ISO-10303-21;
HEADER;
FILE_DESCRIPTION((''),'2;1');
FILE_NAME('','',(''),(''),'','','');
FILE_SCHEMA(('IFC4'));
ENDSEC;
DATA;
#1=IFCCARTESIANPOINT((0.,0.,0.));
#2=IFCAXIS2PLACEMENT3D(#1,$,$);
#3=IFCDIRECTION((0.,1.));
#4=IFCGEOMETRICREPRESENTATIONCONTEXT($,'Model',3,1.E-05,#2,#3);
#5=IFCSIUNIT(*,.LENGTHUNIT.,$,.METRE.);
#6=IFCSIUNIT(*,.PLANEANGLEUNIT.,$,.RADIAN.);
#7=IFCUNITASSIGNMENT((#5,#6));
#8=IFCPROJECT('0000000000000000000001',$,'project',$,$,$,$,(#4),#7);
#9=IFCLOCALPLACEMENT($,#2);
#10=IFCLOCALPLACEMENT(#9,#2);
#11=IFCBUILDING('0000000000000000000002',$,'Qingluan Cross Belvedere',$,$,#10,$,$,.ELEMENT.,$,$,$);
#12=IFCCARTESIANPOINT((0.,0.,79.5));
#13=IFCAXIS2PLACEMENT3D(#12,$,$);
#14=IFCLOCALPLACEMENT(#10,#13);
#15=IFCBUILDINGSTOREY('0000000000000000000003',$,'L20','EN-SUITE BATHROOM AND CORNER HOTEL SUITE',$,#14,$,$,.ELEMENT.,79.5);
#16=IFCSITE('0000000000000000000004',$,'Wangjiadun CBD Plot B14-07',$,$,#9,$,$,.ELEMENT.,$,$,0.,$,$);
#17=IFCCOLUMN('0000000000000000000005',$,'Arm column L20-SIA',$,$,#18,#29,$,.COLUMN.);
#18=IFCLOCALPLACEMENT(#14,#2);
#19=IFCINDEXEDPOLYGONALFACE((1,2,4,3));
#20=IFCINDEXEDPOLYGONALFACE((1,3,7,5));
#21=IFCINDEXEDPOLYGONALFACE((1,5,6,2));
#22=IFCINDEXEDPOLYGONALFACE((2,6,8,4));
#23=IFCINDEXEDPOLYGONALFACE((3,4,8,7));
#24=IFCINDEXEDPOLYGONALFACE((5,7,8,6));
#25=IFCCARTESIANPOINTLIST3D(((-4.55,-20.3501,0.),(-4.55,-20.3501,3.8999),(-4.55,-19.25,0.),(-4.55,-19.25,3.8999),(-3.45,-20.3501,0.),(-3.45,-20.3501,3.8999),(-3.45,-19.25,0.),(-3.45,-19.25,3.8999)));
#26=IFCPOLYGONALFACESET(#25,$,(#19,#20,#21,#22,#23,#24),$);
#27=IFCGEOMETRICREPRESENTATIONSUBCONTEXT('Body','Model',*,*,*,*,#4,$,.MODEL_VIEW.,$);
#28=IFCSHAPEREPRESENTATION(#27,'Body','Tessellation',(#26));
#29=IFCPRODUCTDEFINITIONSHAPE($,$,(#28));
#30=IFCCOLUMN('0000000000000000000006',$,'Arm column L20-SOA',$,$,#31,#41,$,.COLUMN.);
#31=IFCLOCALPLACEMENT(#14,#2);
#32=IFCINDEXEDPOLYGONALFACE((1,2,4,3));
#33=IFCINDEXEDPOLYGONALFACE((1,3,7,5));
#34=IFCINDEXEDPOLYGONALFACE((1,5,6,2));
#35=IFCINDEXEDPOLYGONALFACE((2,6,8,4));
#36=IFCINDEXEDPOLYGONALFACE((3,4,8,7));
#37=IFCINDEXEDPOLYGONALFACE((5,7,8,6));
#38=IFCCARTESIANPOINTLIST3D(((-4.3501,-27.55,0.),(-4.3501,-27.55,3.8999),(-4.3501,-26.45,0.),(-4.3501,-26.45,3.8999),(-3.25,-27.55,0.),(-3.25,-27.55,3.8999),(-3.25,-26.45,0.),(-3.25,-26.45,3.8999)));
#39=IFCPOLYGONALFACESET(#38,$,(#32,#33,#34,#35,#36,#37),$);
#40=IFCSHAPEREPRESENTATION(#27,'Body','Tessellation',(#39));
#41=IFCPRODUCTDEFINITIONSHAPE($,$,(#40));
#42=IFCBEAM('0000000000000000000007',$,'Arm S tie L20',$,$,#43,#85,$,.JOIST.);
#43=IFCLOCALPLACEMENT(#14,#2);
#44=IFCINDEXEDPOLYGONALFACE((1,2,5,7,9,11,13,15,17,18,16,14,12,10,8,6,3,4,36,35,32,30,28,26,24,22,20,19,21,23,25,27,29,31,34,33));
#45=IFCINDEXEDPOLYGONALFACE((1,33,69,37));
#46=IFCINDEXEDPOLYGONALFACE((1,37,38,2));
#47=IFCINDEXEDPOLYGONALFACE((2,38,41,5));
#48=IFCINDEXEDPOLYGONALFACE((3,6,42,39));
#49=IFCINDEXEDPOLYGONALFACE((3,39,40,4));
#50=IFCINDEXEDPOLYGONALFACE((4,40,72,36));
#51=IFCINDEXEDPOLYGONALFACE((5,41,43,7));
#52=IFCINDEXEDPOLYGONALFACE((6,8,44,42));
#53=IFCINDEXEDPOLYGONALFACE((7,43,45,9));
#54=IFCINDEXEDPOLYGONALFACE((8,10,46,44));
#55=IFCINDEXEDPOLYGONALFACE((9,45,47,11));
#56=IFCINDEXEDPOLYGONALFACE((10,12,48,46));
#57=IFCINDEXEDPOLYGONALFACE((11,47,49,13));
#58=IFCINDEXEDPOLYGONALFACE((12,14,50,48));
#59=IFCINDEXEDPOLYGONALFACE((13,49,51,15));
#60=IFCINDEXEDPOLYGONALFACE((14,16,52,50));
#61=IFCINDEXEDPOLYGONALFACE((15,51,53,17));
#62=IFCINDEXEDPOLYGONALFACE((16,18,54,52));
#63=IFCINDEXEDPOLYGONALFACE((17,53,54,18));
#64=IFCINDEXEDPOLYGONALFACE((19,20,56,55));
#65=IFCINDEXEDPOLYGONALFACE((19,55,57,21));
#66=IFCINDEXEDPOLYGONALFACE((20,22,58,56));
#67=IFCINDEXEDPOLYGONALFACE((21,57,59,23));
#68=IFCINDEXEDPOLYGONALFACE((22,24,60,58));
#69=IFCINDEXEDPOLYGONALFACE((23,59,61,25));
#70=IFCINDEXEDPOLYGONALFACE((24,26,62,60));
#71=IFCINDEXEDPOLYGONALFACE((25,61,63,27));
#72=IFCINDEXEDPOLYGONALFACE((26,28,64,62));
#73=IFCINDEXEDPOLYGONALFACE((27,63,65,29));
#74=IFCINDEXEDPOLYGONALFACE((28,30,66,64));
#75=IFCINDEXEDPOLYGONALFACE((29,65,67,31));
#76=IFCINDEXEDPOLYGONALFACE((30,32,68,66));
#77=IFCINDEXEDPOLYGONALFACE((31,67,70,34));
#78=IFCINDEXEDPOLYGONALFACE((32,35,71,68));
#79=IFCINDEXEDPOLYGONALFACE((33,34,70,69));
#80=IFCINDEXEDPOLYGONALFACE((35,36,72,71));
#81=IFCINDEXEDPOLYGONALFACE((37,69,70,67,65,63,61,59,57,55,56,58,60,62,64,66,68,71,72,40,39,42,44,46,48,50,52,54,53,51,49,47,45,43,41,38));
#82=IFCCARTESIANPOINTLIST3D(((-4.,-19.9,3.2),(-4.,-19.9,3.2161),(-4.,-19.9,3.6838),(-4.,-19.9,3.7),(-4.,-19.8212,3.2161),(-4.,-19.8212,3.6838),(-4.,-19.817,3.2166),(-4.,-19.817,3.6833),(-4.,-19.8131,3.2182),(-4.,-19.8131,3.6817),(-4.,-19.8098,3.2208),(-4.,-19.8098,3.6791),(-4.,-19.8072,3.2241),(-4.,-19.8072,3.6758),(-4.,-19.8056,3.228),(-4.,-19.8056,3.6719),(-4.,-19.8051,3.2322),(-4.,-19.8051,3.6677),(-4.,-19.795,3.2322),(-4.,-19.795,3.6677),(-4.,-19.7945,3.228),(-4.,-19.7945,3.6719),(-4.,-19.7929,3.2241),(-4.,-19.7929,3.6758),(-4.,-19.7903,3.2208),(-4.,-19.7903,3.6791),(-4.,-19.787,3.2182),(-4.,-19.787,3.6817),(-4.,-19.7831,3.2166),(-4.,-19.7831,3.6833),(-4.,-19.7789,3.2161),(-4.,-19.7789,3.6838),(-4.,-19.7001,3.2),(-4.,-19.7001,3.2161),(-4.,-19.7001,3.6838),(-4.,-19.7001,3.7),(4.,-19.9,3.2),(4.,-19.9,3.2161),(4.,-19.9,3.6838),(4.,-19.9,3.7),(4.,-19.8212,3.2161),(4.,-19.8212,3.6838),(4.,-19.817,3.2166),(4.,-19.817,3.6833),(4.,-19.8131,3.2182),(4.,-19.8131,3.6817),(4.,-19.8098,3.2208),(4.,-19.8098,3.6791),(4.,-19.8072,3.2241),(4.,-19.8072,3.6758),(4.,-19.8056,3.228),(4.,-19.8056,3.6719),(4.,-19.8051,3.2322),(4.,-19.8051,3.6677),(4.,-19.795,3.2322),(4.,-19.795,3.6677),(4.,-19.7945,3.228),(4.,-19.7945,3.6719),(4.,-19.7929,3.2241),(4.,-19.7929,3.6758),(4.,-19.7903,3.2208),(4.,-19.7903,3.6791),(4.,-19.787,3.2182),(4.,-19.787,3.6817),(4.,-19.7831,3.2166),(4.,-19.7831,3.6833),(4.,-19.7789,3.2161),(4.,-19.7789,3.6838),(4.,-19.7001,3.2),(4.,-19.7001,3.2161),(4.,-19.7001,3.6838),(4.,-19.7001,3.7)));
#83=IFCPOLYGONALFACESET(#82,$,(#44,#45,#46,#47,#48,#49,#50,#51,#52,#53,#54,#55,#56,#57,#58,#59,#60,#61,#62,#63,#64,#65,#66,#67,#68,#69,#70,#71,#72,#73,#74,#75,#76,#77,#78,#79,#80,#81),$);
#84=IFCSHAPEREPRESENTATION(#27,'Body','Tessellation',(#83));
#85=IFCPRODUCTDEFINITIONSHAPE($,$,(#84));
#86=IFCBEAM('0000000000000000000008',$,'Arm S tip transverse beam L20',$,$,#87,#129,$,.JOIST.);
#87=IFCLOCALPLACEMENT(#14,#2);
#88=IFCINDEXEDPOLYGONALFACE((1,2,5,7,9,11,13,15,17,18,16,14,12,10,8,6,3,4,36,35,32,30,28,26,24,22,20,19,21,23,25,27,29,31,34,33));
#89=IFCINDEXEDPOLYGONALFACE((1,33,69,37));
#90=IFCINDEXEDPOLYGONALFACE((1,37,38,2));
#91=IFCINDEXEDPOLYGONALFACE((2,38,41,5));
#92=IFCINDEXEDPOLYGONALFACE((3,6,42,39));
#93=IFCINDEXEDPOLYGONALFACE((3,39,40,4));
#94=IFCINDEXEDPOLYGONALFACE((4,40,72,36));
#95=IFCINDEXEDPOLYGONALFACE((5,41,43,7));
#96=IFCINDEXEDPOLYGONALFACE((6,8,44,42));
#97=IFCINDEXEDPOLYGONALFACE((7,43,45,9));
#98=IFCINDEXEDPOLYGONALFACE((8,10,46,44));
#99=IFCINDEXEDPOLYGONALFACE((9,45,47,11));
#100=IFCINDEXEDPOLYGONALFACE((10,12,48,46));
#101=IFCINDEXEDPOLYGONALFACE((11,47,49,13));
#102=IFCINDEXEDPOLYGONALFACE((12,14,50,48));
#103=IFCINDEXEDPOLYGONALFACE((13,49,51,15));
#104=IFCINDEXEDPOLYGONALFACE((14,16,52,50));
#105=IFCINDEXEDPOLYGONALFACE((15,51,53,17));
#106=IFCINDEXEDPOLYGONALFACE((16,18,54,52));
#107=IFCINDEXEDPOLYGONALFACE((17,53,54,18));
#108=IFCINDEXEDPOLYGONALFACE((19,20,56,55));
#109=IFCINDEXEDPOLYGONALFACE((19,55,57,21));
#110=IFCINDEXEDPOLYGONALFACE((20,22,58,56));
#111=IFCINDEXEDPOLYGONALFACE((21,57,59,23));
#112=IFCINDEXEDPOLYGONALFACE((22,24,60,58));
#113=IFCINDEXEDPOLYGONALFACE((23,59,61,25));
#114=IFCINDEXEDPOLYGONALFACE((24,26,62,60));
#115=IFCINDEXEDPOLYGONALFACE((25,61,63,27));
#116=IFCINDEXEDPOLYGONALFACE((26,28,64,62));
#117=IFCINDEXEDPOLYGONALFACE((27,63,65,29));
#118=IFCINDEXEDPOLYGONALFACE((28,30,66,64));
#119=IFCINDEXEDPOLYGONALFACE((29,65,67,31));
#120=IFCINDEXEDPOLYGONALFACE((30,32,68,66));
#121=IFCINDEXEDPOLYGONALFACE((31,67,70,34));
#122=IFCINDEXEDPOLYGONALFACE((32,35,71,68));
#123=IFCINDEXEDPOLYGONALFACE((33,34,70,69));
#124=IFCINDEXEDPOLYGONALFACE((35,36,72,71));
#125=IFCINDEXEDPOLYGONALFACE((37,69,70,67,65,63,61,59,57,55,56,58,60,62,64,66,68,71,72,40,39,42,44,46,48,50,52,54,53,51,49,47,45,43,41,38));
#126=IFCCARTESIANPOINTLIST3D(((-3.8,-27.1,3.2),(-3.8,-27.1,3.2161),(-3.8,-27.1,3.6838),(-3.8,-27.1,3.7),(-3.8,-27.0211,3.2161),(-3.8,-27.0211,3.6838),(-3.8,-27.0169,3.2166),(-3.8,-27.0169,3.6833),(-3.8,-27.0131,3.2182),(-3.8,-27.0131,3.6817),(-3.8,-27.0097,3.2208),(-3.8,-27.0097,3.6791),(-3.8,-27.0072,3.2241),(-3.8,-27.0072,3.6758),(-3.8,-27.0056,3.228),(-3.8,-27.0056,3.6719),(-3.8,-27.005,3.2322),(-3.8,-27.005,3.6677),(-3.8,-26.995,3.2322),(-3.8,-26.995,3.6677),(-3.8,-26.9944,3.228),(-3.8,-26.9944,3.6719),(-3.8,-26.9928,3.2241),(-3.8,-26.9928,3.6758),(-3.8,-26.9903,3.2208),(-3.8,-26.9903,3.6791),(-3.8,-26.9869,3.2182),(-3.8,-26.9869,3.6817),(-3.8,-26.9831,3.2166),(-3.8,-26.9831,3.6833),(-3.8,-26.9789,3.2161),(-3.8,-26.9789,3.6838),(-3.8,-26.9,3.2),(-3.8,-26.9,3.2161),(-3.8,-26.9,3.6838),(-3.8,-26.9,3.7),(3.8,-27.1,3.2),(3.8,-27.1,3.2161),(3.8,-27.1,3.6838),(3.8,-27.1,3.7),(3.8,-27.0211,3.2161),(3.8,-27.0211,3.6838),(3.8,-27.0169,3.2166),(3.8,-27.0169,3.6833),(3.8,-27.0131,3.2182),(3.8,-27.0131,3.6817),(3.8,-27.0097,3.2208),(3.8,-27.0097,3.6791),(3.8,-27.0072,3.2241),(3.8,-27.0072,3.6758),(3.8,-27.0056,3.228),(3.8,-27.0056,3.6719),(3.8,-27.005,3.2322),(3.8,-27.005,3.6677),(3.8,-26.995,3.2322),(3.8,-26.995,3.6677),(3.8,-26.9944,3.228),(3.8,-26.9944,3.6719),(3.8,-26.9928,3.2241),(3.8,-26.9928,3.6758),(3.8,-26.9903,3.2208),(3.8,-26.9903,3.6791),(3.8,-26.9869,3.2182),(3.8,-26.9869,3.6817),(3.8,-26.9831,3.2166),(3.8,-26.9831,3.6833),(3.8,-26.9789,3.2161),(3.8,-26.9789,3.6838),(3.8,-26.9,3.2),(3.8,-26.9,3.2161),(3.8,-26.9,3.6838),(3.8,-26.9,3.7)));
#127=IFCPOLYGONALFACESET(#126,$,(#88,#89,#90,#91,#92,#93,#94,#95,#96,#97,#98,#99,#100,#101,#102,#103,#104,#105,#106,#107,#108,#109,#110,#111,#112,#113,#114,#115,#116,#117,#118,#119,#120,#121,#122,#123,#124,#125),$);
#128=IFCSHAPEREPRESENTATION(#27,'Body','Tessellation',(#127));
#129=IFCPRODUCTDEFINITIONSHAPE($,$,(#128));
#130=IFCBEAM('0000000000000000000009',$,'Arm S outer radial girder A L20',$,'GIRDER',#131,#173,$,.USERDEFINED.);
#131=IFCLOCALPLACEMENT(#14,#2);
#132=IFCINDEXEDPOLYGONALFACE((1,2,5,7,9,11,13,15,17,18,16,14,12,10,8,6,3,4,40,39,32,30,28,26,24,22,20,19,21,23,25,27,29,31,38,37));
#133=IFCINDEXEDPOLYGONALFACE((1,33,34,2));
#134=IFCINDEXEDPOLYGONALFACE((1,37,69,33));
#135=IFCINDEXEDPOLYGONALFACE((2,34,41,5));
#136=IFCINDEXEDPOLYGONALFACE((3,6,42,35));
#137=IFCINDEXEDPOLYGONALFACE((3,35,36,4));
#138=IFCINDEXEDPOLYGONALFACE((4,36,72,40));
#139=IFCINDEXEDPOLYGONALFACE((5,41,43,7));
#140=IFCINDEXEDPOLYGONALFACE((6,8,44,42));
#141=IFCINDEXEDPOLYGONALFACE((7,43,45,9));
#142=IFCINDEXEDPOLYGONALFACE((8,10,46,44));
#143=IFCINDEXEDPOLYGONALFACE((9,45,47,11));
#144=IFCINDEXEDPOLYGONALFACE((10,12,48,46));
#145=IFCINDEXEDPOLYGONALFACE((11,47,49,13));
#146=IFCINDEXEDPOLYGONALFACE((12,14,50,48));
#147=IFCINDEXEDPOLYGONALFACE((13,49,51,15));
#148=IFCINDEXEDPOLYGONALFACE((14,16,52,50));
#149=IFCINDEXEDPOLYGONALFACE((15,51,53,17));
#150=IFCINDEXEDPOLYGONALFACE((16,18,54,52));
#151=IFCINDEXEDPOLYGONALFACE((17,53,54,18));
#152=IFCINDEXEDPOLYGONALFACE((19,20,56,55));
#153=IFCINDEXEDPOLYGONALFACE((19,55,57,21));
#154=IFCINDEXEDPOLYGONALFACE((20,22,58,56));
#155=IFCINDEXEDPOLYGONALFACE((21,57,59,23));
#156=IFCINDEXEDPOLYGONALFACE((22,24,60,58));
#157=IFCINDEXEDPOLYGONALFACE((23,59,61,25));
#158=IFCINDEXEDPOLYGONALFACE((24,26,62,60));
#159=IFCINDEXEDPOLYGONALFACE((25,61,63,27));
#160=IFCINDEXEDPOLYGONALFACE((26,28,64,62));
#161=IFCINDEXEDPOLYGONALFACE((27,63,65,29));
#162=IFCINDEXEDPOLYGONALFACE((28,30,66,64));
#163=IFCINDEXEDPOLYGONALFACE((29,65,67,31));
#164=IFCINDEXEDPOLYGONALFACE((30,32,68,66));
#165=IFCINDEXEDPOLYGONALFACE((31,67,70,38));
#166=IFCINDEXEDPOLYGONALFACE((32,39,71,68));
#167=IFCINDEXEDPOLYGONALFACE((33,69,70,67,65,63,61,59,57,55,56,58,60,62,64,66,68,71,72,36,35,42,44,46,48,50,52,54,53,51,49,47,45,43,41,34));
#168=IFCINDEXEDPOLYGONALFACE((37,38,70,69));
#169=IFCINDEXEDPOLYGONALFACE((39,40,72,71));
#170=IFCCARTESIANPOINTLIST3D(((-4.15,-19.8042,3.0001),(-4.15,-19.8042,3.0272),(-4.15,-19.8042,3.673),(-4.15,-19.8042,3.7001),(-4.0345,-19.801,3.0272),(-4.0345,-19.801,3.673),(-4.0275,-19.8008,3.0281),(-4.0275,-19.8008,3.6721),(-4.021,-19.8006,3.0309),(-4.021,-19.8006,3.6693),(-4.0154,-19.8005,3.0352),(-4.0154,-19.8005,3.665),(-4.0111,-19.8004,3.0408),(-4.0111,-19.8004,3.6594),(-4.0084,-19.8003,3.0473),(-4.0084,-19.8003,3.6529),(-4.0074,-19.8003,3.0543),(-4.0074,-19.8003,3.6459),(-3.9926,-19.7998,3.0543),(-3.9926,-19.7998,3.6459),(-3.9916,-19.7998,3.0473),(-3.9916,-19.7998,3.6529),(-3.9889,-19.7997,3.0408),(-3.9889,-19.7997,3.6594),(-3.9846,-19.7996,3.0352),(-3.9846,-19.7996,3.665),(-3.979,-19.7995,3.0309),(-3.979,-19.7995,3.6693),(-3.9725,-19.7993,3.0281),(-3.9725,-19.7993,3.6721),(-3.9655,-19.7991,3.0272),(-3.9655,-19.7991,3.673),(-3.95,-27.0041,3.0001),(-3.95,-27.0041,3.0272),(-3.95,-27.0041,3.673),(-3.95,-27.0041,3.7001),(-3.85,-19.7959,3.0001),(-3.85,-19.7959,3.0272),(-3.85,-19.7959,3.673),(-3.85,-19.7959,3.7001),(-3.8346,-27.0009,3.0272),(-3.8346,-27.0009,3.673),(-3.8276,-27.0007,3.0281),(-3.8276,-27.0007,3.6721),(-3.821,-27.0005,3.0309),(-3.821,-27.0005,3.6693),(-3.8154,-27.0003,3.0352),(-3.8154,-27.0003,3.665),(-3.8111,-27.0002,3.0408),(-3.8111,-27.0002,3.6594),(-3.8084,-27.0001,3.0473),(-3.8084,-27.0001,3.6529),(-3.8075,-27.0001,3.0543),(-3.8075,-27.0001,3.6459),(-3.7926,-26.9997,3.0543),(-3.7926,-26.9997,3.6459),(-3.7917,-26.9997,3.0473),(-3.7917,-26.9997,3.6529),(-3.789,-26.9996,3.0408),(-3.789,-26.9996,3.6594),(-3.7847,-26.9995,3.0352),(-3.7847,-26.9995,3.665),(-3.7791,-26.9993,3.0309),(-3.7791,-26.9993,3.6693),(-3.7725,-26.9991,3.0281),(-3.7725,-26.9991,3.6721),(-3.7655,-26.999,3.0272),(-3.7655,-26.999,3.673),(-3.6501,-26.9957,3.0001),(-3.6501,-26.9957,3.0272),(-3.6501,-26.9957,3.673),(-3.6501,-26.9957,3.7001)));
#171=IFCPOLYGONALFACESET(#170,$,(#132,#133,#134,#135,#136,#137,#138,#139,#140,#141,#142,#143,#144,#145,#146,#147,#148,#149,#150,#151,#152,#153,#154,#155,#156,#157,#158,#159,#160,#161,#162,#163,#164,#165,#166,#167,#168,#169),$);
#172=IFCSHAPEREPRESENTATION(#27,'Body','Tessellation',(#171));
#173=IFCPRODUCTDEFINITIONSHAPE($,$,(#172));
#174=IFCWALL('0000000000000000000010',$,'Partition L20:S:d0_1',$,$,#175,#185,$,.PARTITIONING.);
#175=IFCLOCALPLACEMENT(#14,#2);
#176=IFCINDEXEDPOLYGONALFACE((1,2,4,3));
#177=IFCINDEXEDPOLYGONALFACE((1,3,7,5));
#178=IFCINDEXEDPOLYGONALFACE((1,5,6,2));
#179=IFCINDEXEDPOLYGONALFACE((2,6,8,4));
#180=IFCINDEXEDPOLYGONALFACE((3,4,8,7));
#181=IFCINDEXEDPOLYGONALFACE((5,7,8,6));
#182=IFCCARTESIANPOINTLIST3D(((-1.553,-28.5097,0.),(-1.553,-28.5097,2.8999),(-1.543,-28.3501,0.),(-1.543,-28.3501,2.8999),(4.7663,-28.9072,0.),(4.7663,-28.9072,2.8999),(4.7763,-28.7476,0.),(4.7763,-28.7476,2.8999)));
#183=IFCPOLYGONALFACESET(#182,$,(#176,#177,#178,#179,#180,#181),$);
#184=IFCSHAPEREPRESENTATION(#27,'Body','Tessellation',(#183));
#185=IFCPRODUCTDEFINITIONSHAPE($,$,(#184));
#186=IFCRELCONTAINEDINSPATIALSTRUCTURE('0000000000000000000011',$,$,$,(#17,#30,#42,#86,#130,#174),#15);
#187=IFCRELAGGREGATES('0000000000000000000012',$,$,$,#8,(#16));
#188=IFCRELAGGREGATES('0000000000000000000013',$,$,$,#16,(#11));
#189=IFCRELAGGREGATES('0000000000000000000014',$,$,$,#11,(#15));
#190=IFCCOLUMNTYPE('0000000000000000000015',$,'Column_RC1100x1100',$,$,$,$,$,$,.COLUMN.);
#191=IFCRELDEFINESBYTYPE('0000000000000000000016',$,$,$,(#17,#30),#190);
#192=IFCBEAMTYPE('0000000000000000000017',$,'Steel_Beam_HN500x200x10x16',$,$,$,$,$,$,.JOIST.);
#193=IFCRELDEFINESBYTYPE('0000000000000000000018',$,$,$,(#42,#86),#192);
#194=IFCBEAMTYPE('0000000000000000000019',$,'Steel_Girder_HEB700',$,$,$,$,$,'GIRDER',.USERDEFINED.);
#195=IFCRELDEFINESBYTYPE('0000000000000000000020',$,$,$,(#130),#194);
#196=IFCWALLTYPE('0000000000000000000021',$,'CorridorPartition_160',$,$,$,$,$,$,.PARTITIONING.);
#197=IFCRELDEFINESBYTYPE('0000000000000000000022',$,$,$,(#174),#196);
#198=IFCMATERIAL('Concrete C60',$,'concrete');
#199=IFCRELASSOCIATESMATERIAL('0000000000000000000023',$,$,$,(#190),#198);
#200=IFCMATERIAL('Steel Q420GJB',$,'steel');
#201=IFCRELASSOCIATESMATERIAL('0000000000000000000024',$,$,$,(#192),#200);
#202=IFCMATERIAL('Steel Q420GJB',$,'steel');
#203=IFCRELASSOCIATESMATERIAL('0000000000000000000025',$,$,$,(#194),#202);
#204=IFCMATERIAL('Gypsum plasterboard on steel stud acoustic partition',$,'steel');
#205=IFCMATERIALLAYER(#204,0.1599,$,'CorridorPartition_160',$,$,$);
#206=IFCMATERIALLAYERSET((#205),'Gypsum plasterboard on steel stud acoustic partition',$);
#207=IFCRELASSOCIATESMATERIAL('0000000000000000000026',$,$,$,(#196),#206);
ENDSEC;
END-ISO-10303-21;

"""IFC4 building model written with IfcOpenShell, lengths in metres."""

from ifc_helpers import new_model, si_unit, direction, frame, frame_2d, origin, origin_2d, place, context, subcontext, project, spatial, rectangle, i_section, extrude, material, layer, layer_set, material_profile, profile_set, type_object, element, save


model = new_model("IFC4")

# Units and contexts
model_context = context("Model", 3, precision=1e-05, world=origin(), true_north=direction((0.0, 1.0)))
body_context = subcontext(model_context, "Body", "Model", "MODEL_VIEW")
ifc_project = project(units=[si_unit("LENGTHUNIT", "METRE"), si_unit("PLANEANGLEUNIT", "RADIAN")], contexts=[model_context])

# Site, building, storey
site_placement = place(None, origin())
site = spatial("IfcSite", under=ifc_project, at=site_placement, Name="Wangjiadun CBD Plot B14-07", CompositionType="ELEMENT", RefElevation=0.0)
building_placement = place(site_placement, origin())
building = spatial("IfcBuilding", under=site, at=building_placement, Name="Qingluan Cross Belvedere", CompositionType="ELEMENT")
storey_placement = place(building_placement, frame((0.0, 0.0, 79.5)))
storey = spatial("IfcBuildingStorey", under=building, at=storey_placement, Name="L20", Description="EN-SUITE BATHROOM AND CORNER HOTEL SUITE", CompositionType="ELEMENT", Elevation=79.5)

# Columns
ifc_material_1 = material(Name="Concrete C60", Category="concrete")
ifc_material_profile_1 = material_profile(ifc_material_1, rectangle(XDim=1.1001, YDim=1.1001, at=origin_2d()), Name="RC1100x1100")
ifc_profile_set_1 = profile_set([ifc_material_profile_1], Name="Concrete C60")
column_type = type_object("IfcColumnType", Name="Column_RC1100x1100", PredefinedType="COLUMN", material=ifc_profile_set_1)
for number, where, z_axis, x_axis, name in (
    (1, (-4.0, -19.8, 0.0), (0.0, 0.0, 1.0), (1.0, 0.0, 0.0), "Arm column L20-SIA"),
    (2, (-3.8, -27.0, 0.0), (0.0, 0.0, 1.0), (1.0, 0.0, 0.0), "Arm column L20-SOA"),
):
    element("IfcColumn", number, at=place(storey_placement, frame(where, z_axis=z_axis, x_axis=x_axis)), inside=storey, type_object=column_type, Name=name, PredefinedType="COLUMN", context=body_context, shape_type="SweptSolid", body=[
        extrude(rectangle(XDim=1.1001, YDim=1.1001, at=origin_2d()), origin(), (0.0, 0.0, 1.0), 3.8999),
    ])

# Beams
ifc_material_2 = material(Name="Steel Q420GJB", Category="steel")
ifc_material_profile_2 = material_profile(ifc_material_2, i_section(OverallWidth=0.2, OverallDepth=0.5, WebThickness=0.01, FlangeThickness=0.0161, FilletRadius=0.0161, at=origin_2d()), Name="HN500x200x10x16")
ifc_profile_set_2 = profile_set([ifc_material_profile_2], Name="Steel Q420GJB")
beam_type_1 = type_object("IfcBeamType", Name="Steel_Beam_HN500x200x10x16", PredefinedType="JOIST", material=ifc_profile_set_2)
beam_1_placement = place(storey_placement, frame((-4.0, -19.8, 3.45), z_axis=(1.0, 0.0, 0.0), x_axis=(0.0, 1.0, 0.0)))
element("IfcBeam", 3, at=beam_1_placement, inside=storey, type_object=beam_type_1, Name="Arm S tie L20", PredefinedType="JOIST", context=body_context, shape_type="SweptSolid", body=[
    extrude(i_section(OverallWidth=0.2, OverallDepth=0.5, WebThickness=0.01, FlangeThickness=0.0161, FilletRadius=0.0161, at=origin_2d()), origin(), (0.0, 0.0, 1.0), 8.0),
])
beam_2_placement = place(storey_placement, frame((-3.8, -27.0, 3.45), z_axis=(1.0, 0.0, 0.0), x_axis=(0.0, 1.0, 0.0)))
element("IfcBeam", 4, at=beam_2_placement, inside=storey, type_object=beam_type_1, Name="Arm S tip transverse beam L20", PredefinedType="JOIST", context=body_context, shape_type="SweptSolid", body=[
    extrude(i_section(OverallWidth=0.2, OverallDepth=0.5, WebThickness=0.01, FlangeThickness=0.0161, FilletRadius=0.0161, at=origin_2d()), origin(), (0.0, 0.0, 1.0), 7.6001),
])
ifc_material_3 = material(Name="Steel Q420GJB", Category="steel")
ifc_material_profile_3 = material_profile(ifc_material_3, i_section(OverallWidth=0.3, OverallDepth=0.7, WebThickness=0.0149, FlangeThickness=0.0271, FilletRadius=0.0271, at=origin_2d()), Name="HEB700")
ifc_profile_set_3 = profile_set([ifc_material_profile_3], Name="Steel Q420GJB")
beam_type_2 = type_object("IfcBeamType", Name="Steel_Girder_HEB700", ElementType="GIRDER", PredefinedType="USERDEFINED", material=ifc_profile_set_3)
beam_3_placement = place(storey_placement, frame((-4.0, -19.8, 3.3501), z_axis=(0.02776, -0.999615, 0.0), x_axis=(0.999615, 0.02776, 0.0)))
element("IfcBeam", 5, at=beam_3_placement, inside=storey, type_object=beam_type_2, Name="Arm S outer radial girder A L20", ObjectType="GIRDER", PredefinedType="USERDEFINED", context=body_context, shape_type="SweptSolid", body=[
    extrude(i_section(OverallWidth=0.3, OverallDepth=0.7, WebThickness=0.0149, FlangeThickness=0.0271, FilletRadius=0.0271, at=origin_2d()), origin(), (0.0, 0.0, 1.0), 7.2026),
])

# Wall
ifc_material_4 = material(Name="Gypsum plasterboard on steel stud acoustic partition", Category="steel")
ifc_layer_1 = layer(ifc_material_4, 0.1599, Name="CorridorPartition_160")
ifc_layer_set_1 = layer_set([ifc_layer_1], Name="Gypsum plasterboard on steel stud acoustic partition")
wall_type_1 = type_object("IfcWallType", Name="CorridorPartition_160", PredefinedType="PARTITIONING", material=ifc_layer_set_1)
wall_1_placement = place(storey_placement, frame((-1.5481, -28.4299, 0.0), z_axis=(0.0, 0.0, 1.0), x_axis=(0.998028, -0.062772, 0.0)))
element("IfcWall", 6, at=wall_1_placement, inside=storey, type_object=wall_type_1, Name="Partition L20:S:d0_1", PredefinedType="PARTITIONING", context=body_context, shape_type="SweptSolid", body=[
    extrude(rectangle(XDim=6.3318, YDim=0.1599, at=frame_2d((3.166, 0.0))), origin(), (0.0, 0.0, 1.0), 2.8999),
])

save(model, "model.ifc")
